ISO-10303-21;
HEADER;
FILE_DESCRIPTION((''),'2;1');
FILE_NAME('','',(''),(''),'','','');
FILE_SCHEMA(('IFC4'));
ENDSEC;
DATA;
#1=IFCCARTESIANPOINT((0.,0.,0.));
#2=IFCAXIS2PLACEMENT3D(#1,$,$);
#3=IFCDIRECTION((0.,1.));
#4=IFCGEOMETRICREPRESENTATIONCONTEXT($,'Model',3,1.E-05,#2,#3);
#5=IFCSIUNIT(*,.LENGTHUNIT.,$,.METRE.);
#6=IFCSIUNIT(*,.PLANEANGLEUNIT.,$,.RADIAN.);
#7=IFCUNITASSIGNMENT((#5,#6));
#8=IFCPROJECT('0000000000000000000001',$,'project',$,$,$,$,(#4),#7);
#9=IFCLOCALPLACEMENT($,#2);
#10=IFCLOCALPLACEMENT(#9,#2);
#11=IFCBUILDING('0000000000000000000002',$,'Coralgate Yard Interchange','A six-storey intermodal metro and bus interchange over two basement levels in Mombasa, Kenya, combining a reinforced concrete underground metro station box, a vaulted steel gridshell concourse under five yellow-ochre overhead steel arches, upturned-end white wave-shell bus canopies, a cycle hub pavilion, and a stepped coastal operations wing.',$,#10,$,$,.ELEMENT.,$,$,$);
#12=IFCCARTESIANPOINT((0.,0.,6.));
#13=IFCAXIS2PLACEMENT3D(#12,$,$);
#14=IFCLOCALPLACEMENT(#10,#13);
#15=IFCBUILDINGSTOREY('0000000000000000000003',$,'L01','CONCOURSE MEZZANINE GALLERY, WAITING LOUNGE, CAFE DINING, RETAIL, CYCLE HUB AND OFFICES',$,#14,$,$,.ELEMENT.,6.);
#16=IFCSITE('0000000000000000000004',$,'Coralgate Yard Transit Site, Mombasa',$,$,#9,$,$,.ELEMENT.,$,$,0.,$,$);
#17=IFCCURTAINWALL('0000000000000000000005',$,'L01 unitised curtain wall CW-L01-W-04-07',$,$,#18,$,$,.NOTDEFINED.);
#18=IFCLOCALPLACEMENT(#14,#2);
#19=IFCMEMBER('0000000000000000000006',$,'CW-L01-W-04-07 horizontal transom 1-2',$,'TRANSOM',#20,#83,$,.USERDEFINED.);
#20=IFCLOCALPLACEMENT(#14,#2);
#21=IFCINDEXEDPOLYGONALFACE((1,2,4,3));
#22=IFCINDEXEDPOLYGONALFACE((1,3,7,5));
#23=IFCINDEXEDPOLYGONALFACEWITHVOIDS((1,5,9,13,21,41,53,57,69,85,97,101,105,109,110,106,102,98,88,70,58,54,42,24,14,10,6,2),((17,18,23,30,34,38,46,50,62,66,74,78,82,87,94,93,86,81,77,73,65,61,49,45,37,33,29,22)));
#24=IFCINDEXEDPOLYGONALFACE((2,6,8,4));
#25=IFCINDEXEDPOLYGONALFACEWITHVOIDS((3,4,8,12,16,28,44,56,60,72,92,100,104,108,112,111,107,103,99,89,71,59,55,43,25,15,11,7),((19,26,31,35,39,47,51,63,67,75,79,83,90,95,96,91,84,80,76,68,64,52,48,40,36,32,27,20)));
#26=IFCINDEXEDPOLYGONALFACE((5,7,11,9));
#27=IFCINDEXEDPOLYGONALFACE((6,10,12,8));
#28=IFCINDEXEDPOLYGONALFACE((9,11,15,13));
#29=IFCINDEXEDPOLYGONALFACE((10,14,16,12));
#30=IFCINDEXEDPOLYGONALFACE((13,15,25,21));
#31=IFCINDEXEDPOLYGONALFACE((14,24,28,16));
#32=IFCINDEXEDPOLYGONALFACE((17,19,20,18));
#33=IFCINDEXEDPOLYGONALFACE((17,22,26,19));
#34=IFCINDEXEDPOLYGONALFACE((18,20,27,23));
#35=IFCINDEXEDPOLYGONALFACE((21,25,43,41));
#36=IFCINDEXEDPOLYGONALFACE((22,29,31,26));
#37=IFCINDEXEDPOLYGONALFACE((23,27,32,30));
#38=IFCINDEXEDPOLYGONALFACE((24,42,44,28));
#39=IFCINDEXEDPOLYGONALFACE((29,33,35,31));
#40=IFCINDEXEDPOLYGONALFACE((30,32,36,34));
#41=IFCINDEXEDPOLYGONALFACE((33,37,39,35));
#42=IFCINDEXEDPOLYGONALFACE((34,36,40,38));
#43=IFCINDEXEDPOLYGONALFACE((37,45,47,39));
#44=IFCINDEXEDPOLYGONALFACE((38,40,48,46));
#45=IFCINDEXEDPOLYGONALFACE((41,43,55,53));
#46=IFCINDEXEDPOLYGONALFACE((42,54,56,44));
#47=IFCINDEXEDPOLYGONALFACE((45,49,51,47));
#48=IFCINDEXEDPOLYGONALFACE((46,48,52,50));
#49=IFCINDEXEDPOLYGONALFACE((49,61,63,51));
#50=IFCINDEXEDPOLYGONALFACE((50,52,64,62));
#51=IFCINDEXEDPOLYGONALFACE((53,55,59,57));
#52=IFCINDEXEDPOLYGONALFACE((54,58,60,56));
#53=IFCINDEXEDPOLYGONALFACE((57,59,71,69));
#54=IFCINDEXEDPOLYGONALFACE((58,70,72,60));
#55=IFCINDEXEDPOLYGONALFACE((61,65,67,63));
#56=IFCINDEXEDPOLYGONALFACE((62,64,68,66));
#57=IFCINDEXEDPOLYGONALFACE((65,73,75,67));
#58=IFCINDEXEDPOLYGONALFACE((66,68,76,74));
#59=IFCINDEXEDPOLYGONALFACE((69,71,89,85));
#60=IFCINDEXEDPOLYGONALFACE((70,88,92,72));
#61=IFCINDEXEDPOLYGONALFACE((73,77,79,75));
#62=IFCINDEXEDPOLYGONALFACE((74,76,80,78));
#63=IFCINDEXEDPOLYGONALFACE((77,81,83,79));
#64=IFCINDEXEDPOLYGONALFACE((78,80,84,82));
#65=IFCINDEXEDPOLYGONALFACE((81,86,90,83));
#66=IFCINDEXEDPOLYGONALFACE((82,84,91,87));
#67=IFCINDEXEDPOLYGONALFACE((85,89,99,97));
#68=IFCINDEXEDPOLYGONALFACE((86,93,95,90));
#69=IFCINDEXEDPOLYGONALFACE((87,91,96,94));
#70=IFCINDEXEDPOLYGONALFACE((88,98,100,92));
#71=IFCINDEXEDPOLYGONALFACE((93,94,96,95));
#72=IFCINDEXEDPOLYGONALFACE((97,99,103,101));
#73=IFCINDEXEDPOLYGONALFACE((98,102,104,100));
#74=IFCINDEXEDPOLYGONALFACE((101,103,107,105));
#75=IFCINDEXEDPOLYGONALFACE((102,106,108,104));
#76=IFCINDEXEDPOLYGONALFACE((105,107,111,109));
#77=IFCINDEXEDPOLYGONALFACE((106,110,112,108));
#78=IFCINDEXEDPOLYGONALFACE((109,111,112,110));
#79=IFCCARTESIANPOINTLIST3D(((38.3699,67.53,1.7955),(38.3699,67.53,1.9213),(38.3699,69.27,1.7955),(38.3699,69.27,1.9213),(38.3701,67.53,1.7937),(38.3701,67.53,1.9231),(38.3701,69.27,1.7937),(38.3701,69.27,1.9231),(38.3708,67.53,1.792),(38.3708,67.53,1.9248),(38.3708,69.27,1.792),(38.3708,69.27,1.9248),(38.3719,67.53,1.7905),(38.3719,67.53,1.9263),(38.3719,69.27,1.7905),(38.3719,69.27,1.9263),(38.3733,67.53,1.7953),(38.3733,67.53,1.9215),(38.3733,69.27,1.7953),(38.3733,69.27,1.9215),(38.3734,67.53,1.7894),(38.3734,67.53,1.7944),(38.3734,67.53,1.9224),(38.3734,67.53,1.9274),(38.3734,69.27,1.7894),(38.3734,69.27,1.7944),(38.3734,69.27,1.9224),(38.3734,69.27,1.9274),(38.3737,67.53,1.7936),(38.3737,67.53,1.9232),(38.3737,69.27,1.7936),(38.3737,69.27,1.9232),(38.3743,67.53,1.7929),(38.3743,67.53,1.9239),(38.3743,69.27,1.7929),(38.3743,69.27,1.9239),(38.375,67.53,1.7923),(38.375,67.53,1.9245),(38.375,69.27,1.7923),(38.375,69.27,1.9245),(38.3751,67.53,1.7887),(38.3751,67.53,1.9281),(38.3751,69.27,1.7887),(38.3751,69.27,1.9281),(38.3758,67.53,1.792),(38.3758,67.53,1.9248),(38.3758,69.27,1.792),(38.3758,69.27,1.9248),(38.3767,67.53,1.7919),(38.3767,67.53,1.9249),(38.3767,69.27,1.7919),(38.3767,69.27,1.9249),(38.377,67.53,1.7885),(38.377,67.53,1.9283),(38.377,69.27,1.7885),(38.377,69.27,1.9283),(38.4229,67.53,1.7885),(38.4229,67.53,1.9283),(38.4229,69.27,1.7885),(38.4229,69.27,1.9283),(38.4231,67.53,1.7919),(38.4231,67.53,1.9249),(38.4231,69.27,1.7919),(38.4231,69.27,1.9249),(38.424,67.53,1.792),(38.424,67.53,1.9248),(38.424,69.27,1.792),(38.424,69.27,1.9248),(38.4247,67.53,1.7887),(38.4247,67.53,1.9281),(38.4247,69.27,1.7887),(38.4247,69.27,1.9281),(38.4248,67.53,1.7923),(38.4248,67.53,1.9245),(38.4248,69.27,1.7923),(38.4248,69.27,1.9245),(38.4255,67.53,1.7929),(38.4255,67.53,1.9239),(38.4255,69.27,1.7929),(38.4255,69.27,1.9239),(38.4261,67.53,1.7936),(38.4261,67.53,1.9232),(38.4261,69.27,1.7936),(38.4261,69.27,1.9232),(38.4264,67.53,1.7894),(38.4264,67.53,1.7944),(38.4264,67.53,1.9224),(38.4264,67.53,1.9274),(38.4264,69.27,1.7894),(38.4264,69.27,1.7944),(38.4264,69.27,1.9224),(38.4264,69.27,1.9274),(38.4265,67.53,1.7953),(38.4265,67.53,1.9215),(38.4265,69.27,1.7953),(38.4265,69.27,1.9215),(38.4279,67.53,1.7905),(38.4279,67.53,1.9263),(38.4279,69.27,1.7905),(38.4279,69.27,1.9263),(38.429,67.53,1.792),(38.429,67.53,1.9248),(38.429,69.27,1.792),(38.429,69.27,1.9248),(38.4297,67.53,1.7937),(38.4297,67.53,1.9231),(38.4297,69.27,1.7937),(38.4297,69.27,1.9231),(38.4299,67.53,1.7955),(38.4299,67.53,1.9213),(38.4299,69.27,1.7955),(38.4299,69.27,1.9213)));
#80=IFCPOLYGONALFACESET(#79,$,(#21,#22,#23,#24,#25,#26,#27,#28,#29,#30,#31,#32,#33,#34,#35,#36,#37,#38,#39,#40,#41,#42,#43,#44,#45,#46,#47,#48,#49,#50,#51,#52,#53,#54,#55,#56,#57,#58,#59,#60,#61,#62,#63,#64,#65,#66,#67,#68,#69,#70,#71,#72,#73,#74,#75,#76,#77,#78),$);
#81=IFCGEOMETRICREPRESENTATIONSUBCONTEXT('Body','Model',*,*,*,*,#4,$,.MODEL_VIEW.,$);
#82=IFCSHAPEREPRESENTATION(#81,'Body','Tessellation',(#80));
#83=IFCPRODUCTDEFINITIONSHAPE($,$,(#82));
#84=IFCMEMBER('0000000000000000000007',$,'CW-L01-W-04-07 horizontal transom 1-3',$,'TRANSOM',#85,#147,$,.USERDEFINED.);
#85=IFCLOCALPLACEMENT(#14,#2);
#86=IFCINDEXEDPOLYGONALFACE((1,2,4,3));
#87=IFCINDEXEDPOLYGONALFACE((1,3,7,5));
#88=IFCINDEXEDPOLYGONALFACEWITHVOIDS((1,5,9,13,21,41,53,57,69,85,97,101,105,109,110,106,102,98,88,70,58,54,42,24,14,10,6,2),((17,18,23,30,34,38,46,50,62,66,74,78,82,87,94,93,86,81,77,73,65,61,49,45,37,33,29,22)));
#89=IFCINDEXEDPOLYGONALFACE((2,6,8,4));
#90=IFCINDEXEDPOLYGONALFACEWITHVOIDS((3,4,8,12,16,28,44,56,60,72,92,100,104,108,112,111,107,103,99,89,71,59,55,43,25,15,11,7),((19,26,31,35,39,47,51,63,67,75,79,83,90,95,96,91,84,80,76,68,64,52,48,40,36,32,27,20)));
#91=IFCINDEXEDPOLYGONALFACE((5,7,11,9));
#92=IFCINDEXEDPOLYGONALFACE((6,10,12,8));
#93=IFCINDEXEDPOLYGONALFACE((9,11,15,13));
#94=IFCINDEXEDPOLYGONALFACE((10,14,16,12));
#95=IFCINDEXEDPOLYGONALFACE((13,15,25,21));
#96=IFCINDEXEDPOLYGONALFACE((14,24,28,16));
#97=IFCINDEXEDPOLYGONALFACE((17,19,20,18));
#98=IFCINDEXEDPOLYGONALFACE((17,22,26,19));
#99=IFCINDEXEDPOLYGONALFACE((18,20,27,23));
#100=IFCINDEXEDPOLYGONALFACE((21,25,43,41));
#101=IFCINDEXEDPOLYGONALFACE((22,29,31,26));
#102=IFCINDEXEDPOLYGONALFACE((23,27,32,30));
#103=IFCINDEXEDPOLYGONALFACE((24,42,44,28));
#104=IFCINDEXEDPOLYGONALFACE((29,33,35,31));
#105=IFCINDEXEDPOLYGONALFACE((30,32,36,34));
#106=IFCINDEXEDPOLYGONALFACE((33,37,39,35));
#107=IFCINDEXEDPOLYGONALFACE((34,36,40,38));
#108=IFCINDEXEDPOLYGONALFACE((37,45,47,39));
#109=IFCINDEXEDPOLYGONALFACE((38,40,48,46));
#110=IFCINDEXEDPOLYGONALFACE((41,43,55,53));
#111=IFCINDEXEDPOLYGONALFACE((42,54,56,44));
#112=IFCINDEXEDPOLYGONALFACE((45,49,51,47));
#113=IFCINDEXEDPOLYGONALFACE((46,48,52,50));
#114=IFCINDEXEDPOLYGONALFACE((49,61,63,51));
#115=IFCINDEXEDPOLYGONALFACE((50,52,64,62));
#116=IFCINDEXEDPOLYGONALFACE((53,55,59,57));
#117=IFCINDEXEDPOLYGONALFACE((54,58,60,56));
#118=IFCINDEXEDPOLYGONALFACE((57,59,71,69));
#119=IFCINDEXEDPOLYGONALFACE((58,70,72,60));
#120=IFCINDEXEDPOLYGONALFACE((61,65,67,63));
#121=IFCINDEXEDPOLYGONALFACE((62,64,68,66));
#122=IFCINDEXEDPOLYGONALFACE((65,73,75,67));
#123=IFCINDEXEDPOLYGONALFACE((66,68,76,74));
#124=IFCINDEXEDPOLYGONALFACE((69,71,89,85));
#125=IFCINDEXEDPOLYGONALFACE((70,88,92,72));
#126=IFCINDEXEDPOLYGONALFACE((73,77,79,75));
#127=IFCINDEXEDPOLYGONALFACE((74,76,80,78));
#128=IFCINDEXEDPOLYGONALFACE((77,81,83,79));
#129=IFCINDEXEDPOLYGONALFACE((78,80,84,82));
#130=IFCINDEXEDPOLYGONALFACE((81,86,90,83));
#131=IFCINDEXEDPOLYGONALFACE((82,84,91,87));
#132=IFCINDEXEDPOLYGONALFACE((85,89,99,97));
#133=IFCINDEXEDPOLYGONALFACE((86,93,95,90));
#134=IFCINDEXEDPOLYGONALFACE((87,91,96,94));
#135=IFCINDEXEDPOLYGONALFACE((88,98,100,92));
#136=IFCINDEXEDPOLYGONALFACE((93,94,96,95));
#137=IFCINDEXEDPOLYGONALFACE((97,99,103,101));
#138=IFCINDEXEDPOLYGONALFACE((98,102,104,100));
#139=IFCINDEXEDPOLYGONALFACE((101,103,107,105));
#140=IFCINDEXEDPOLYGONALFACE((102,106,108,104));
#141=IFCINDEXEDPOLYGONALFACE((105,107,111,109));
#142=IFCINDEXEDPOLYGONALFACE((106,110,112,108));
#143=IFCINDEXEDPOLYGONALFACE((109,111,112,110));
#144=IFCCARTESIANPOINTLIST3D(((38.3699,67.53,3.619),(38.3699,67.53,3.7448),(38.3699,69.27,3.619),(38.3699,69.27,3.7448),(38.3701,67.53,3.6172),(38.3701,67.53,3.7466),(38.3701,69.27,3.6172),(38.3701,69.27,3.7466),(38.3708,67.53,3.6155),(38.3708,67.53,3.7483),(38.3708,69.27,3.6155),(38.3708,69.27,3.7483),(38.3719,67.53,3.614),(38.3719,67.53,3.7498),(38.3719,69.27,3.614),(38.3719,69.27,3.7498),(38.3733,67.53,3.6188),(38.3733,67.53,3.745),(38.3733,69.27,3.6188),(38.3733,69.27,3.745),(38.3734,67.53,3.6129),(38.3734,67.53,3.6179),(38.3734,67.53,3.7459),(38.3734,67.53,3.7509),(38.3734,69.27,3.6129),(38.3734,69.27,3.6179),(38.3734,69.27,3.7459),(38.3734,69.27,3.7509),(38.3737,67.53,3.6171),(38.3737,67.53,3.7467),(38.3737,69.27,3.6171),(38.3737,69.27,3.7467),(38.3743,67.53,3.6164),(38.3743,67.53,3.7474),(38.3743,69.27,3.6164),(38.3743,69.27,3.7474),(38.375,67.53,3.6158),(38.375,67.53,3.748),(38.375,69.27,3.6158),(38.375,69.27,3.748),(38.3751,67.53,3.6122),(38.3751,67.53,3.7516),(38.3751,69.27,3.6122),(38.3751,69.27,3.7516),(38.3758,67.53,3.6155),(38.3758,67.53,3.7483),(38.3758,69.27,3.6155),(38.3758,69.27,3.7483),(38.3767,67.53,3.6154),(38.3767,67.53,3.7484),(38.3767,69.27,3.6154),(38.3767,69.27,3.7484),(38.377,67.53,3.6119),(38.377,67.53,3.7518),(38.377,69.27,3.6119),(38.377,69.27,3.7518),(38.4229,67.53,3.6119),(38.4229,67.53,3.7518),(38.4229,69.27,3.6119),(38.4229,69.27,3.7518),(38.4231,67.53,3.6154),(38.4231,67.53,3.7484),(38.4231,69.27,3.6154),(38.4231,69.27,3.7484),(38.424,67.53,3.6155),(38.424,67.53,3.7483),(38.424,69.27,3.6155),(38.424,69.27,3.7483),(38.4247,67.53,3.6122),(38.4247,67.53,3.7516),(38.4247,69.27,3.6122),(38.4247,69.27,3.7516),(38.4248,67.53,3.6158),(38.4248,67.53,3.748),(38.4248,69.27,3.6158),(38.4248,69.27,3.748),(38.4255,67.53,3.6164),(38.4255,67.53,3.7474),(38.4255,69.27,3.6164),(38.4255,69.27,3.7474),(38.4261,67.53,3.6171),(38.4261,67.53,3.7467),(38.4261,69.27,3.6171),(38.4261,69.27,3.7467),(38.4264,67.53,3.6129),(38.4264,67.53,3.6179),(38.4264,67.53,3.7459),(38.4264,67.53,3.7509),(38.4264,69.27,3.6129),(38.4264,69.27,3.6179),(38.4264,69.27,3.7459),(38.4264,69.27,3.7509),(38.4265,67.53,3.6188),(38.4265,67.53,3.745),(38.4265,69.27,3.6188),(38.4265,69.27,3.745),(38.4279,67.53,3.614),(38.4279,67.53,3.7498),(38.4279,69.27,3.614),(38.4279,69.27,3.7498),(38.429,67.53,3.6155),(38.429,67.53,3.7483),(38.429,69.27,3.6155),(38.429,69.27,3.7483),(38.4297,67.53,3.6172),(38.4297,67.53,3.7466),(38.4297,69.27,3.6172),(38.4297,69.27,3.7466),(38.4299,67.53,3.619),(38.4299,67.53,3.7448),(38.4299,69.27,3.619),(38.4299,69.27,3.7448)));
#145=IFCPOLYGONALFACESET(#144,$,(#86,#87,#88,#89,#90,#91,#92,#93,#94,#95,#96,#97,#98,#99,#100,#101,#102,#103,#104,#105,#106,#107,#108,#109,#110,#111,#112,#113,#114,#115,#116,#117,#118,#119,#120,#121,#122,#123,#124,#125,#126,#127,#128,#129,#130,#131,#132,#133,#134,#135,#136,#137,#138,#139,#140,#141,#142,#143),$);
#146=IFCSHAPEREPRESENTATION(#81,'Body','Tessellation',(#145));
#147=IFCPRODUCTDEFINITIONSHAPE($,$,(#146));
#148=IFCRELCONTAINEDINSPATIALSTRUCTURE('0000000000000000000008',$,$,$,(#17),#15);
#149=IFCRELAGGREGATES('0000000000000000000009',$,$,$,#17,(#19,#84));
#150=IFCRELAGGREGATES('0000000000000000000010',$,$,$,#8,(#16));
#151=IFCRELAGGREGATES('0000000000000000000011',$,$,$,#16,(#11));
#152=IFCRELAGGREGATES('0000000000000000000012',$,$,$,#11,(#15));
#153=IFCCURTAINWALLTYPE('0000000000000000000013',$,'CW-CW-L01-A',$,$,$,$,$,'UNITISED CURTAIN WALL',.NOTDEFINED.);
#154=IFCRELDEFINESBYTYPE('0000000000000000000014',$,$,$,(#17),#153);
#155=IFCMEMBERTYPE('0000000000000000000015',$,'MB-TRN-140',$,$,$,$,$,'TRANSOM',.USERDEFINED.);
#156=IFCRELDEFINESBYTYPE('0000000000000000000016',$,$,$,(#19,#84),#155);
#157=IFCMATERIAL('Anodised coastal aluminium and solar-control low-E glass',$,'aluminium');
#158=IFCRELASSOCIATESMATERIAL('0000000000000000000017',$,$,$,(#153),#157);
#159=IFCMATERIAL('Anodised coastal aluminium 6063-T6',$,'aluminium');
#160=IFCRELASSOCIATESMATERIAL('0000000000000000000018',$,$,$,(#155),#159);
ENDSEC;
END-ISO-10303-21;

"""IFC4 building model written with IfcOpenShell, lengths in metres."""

from ifc_helpers import new_model, si_unit, direction, frame, origin, origin_2d, place, context, subcontext, project, spatial, hollow_rectangle, extrude, material, material_profile, profile_set, type_object, element, aggregate, save


model = new_model("IFC4")

# Units and contexts
model_context = context("Model", 3, precision=1e-05, world=origin(), true_north=direction((0.0, 1.0)))
body_context = subcontext(model_context, "Body", "Model", "MODEL_VIEW")
ifc_project = project(units=[si_unit("LENGTHUNIT", "METRE"), si_unit("PLANEANGLEUNIT", "RADIAN")], contexts=[model_context])

# Site, building, storey
site_placement = place(None, origin())
site = spatial("IfcSite", under=ifc_project, at=site_placement, Name="Coralgate Yard Transit Site, Mombasa", CompositionType="ELEMENT", RefElevation=0.0)
building_placement = place(site_placement, origin())
building = spatial("IfcBuilding", under=site, at=building_placement, Name="Coralgate Yard Interchange", Description="A six-storey intermodal metro and bus interchange over two basement levels in Mombasa, Kenya, combining a reinforced concrete underground metro station box, a vaulted steel gridshell concourse under five yellow-ochre overhead steel arches, upturned-end white wave-shell bus canopies, a cycle hub pavilion, and a stepped coastal operations wing.", CompositionType="ELEMENT")
storey_placement = place(building_placement, frame((0.0, 0.0, 6.0)))
storey = spatial("IfcBuildingStorey", under=building, at=storey_placement, Name="L01", Description="CONCOURSE MEZZANINE GALLERY, WAITING LOUNGE, CAFE DINING, RETAIL, CYCLE HUB AND OFFICES", CompositionType="ELEMENT", Elevation=6.0)

# Shared definitions
ifc_material_1 = material(Name="Anodised coastal aluminium and solar-control low-E glass", Category="aluminium")
curtain_wall_type = type_object("IfcCurtainWallType", Name="CW-CW-L01-A", ElementType="UNITISED CURTAIN WALL", PredefinedType="NOTDEFINED", material=ifc_material_1)
ifc_material_2 = material(Name="Anodised coastal aluminium 6063-T6", Category="aluminium")

# Curtain wall, members
curtain_wall_1_placement = place(storey_placement, origin())
curtain_wall_1 = element("IfcCurtainWall", 1, at=curtain_wall_1_placement, inside=storey, type_object=curtain_wall_type, Name="L01 unitised curtain wall CW-L01-W-04-07", PredefinedType="NOTDEFINED")
ifc_material_profile_1 = material_profile(ifc_material_2, hollow_rectangle(XDim=0.0601, YDim=0.1399, WallThickness=0.0034, InnerFilletRadius=0.0034, OuterFilletRadius=0.0071, at=origin_2d()), Name="ALU 60x140x3.5")
ifc_profile_set_1 = profile_set([ifc_material_profile_1], Name="Anodised coastal aluminium 6063-T6")
member_type_1 = type_object("IfcMemberType", Name="MB-TRN-140", ElementType="TRANSOM", PredefinedType="USERDEFINED", material=ifc_profile_set_1)
member_1_placement = place(storey_placement, frame((38.3999, 67.53, 1.8584), z_axis=(0.0, 1.0, 0.0), x_axis=(-1.0, 0.0, 0.0)))
member_1 = element("IfcMember", 2, at=member_1_placement, type_object=member_type_1, Name="CW-L01-W-04-07 horizontal transom 1-2", ObjectType="TRANSOM", PredefinedType="USERDEFINED", context=body_context, shape_type="SweptSolid", body=[
    extrude(hollow_rectangle(XDim=0.0601, YDim=0.1399, WallThickness=0.0034, InnerFilletRadius=0.0034, OuterFilletRadius=0.0071, at=origin_2d()), origin(), (0.0, 0.0, 1.0), 1.74),
])
member_2_placement = place(storey_placement, frame((38.3999, 67.53, 3.6819), z_axis=(0.0, 1.0, 0.0), x_axis=(-1.0, 0.0, 0.0)))
member_2 = element("IfcMember", 3, at=member_2_placement, type_object=member_type_1, Name="CW-L01-W-04-07 horizontal transom 1-3", ObjectType="TRANSOM", PredefinedType="USERDEFINED", context=body_context, shape_type="SweptSolid", body=[
    extrude(hollow_rectangle(XDim=0.0601, YDim=0.1399, WallThickness=0.0034, InnerFilletRadius=0.0034, OuterFilletRadius=0.0071, at=origin_2d()), origin(), (0.0, 0.0, 1.0), 1.74),
])

aggregate(curtain_wall_1, [member_1, member_2])

save(model, "model.ifc")
